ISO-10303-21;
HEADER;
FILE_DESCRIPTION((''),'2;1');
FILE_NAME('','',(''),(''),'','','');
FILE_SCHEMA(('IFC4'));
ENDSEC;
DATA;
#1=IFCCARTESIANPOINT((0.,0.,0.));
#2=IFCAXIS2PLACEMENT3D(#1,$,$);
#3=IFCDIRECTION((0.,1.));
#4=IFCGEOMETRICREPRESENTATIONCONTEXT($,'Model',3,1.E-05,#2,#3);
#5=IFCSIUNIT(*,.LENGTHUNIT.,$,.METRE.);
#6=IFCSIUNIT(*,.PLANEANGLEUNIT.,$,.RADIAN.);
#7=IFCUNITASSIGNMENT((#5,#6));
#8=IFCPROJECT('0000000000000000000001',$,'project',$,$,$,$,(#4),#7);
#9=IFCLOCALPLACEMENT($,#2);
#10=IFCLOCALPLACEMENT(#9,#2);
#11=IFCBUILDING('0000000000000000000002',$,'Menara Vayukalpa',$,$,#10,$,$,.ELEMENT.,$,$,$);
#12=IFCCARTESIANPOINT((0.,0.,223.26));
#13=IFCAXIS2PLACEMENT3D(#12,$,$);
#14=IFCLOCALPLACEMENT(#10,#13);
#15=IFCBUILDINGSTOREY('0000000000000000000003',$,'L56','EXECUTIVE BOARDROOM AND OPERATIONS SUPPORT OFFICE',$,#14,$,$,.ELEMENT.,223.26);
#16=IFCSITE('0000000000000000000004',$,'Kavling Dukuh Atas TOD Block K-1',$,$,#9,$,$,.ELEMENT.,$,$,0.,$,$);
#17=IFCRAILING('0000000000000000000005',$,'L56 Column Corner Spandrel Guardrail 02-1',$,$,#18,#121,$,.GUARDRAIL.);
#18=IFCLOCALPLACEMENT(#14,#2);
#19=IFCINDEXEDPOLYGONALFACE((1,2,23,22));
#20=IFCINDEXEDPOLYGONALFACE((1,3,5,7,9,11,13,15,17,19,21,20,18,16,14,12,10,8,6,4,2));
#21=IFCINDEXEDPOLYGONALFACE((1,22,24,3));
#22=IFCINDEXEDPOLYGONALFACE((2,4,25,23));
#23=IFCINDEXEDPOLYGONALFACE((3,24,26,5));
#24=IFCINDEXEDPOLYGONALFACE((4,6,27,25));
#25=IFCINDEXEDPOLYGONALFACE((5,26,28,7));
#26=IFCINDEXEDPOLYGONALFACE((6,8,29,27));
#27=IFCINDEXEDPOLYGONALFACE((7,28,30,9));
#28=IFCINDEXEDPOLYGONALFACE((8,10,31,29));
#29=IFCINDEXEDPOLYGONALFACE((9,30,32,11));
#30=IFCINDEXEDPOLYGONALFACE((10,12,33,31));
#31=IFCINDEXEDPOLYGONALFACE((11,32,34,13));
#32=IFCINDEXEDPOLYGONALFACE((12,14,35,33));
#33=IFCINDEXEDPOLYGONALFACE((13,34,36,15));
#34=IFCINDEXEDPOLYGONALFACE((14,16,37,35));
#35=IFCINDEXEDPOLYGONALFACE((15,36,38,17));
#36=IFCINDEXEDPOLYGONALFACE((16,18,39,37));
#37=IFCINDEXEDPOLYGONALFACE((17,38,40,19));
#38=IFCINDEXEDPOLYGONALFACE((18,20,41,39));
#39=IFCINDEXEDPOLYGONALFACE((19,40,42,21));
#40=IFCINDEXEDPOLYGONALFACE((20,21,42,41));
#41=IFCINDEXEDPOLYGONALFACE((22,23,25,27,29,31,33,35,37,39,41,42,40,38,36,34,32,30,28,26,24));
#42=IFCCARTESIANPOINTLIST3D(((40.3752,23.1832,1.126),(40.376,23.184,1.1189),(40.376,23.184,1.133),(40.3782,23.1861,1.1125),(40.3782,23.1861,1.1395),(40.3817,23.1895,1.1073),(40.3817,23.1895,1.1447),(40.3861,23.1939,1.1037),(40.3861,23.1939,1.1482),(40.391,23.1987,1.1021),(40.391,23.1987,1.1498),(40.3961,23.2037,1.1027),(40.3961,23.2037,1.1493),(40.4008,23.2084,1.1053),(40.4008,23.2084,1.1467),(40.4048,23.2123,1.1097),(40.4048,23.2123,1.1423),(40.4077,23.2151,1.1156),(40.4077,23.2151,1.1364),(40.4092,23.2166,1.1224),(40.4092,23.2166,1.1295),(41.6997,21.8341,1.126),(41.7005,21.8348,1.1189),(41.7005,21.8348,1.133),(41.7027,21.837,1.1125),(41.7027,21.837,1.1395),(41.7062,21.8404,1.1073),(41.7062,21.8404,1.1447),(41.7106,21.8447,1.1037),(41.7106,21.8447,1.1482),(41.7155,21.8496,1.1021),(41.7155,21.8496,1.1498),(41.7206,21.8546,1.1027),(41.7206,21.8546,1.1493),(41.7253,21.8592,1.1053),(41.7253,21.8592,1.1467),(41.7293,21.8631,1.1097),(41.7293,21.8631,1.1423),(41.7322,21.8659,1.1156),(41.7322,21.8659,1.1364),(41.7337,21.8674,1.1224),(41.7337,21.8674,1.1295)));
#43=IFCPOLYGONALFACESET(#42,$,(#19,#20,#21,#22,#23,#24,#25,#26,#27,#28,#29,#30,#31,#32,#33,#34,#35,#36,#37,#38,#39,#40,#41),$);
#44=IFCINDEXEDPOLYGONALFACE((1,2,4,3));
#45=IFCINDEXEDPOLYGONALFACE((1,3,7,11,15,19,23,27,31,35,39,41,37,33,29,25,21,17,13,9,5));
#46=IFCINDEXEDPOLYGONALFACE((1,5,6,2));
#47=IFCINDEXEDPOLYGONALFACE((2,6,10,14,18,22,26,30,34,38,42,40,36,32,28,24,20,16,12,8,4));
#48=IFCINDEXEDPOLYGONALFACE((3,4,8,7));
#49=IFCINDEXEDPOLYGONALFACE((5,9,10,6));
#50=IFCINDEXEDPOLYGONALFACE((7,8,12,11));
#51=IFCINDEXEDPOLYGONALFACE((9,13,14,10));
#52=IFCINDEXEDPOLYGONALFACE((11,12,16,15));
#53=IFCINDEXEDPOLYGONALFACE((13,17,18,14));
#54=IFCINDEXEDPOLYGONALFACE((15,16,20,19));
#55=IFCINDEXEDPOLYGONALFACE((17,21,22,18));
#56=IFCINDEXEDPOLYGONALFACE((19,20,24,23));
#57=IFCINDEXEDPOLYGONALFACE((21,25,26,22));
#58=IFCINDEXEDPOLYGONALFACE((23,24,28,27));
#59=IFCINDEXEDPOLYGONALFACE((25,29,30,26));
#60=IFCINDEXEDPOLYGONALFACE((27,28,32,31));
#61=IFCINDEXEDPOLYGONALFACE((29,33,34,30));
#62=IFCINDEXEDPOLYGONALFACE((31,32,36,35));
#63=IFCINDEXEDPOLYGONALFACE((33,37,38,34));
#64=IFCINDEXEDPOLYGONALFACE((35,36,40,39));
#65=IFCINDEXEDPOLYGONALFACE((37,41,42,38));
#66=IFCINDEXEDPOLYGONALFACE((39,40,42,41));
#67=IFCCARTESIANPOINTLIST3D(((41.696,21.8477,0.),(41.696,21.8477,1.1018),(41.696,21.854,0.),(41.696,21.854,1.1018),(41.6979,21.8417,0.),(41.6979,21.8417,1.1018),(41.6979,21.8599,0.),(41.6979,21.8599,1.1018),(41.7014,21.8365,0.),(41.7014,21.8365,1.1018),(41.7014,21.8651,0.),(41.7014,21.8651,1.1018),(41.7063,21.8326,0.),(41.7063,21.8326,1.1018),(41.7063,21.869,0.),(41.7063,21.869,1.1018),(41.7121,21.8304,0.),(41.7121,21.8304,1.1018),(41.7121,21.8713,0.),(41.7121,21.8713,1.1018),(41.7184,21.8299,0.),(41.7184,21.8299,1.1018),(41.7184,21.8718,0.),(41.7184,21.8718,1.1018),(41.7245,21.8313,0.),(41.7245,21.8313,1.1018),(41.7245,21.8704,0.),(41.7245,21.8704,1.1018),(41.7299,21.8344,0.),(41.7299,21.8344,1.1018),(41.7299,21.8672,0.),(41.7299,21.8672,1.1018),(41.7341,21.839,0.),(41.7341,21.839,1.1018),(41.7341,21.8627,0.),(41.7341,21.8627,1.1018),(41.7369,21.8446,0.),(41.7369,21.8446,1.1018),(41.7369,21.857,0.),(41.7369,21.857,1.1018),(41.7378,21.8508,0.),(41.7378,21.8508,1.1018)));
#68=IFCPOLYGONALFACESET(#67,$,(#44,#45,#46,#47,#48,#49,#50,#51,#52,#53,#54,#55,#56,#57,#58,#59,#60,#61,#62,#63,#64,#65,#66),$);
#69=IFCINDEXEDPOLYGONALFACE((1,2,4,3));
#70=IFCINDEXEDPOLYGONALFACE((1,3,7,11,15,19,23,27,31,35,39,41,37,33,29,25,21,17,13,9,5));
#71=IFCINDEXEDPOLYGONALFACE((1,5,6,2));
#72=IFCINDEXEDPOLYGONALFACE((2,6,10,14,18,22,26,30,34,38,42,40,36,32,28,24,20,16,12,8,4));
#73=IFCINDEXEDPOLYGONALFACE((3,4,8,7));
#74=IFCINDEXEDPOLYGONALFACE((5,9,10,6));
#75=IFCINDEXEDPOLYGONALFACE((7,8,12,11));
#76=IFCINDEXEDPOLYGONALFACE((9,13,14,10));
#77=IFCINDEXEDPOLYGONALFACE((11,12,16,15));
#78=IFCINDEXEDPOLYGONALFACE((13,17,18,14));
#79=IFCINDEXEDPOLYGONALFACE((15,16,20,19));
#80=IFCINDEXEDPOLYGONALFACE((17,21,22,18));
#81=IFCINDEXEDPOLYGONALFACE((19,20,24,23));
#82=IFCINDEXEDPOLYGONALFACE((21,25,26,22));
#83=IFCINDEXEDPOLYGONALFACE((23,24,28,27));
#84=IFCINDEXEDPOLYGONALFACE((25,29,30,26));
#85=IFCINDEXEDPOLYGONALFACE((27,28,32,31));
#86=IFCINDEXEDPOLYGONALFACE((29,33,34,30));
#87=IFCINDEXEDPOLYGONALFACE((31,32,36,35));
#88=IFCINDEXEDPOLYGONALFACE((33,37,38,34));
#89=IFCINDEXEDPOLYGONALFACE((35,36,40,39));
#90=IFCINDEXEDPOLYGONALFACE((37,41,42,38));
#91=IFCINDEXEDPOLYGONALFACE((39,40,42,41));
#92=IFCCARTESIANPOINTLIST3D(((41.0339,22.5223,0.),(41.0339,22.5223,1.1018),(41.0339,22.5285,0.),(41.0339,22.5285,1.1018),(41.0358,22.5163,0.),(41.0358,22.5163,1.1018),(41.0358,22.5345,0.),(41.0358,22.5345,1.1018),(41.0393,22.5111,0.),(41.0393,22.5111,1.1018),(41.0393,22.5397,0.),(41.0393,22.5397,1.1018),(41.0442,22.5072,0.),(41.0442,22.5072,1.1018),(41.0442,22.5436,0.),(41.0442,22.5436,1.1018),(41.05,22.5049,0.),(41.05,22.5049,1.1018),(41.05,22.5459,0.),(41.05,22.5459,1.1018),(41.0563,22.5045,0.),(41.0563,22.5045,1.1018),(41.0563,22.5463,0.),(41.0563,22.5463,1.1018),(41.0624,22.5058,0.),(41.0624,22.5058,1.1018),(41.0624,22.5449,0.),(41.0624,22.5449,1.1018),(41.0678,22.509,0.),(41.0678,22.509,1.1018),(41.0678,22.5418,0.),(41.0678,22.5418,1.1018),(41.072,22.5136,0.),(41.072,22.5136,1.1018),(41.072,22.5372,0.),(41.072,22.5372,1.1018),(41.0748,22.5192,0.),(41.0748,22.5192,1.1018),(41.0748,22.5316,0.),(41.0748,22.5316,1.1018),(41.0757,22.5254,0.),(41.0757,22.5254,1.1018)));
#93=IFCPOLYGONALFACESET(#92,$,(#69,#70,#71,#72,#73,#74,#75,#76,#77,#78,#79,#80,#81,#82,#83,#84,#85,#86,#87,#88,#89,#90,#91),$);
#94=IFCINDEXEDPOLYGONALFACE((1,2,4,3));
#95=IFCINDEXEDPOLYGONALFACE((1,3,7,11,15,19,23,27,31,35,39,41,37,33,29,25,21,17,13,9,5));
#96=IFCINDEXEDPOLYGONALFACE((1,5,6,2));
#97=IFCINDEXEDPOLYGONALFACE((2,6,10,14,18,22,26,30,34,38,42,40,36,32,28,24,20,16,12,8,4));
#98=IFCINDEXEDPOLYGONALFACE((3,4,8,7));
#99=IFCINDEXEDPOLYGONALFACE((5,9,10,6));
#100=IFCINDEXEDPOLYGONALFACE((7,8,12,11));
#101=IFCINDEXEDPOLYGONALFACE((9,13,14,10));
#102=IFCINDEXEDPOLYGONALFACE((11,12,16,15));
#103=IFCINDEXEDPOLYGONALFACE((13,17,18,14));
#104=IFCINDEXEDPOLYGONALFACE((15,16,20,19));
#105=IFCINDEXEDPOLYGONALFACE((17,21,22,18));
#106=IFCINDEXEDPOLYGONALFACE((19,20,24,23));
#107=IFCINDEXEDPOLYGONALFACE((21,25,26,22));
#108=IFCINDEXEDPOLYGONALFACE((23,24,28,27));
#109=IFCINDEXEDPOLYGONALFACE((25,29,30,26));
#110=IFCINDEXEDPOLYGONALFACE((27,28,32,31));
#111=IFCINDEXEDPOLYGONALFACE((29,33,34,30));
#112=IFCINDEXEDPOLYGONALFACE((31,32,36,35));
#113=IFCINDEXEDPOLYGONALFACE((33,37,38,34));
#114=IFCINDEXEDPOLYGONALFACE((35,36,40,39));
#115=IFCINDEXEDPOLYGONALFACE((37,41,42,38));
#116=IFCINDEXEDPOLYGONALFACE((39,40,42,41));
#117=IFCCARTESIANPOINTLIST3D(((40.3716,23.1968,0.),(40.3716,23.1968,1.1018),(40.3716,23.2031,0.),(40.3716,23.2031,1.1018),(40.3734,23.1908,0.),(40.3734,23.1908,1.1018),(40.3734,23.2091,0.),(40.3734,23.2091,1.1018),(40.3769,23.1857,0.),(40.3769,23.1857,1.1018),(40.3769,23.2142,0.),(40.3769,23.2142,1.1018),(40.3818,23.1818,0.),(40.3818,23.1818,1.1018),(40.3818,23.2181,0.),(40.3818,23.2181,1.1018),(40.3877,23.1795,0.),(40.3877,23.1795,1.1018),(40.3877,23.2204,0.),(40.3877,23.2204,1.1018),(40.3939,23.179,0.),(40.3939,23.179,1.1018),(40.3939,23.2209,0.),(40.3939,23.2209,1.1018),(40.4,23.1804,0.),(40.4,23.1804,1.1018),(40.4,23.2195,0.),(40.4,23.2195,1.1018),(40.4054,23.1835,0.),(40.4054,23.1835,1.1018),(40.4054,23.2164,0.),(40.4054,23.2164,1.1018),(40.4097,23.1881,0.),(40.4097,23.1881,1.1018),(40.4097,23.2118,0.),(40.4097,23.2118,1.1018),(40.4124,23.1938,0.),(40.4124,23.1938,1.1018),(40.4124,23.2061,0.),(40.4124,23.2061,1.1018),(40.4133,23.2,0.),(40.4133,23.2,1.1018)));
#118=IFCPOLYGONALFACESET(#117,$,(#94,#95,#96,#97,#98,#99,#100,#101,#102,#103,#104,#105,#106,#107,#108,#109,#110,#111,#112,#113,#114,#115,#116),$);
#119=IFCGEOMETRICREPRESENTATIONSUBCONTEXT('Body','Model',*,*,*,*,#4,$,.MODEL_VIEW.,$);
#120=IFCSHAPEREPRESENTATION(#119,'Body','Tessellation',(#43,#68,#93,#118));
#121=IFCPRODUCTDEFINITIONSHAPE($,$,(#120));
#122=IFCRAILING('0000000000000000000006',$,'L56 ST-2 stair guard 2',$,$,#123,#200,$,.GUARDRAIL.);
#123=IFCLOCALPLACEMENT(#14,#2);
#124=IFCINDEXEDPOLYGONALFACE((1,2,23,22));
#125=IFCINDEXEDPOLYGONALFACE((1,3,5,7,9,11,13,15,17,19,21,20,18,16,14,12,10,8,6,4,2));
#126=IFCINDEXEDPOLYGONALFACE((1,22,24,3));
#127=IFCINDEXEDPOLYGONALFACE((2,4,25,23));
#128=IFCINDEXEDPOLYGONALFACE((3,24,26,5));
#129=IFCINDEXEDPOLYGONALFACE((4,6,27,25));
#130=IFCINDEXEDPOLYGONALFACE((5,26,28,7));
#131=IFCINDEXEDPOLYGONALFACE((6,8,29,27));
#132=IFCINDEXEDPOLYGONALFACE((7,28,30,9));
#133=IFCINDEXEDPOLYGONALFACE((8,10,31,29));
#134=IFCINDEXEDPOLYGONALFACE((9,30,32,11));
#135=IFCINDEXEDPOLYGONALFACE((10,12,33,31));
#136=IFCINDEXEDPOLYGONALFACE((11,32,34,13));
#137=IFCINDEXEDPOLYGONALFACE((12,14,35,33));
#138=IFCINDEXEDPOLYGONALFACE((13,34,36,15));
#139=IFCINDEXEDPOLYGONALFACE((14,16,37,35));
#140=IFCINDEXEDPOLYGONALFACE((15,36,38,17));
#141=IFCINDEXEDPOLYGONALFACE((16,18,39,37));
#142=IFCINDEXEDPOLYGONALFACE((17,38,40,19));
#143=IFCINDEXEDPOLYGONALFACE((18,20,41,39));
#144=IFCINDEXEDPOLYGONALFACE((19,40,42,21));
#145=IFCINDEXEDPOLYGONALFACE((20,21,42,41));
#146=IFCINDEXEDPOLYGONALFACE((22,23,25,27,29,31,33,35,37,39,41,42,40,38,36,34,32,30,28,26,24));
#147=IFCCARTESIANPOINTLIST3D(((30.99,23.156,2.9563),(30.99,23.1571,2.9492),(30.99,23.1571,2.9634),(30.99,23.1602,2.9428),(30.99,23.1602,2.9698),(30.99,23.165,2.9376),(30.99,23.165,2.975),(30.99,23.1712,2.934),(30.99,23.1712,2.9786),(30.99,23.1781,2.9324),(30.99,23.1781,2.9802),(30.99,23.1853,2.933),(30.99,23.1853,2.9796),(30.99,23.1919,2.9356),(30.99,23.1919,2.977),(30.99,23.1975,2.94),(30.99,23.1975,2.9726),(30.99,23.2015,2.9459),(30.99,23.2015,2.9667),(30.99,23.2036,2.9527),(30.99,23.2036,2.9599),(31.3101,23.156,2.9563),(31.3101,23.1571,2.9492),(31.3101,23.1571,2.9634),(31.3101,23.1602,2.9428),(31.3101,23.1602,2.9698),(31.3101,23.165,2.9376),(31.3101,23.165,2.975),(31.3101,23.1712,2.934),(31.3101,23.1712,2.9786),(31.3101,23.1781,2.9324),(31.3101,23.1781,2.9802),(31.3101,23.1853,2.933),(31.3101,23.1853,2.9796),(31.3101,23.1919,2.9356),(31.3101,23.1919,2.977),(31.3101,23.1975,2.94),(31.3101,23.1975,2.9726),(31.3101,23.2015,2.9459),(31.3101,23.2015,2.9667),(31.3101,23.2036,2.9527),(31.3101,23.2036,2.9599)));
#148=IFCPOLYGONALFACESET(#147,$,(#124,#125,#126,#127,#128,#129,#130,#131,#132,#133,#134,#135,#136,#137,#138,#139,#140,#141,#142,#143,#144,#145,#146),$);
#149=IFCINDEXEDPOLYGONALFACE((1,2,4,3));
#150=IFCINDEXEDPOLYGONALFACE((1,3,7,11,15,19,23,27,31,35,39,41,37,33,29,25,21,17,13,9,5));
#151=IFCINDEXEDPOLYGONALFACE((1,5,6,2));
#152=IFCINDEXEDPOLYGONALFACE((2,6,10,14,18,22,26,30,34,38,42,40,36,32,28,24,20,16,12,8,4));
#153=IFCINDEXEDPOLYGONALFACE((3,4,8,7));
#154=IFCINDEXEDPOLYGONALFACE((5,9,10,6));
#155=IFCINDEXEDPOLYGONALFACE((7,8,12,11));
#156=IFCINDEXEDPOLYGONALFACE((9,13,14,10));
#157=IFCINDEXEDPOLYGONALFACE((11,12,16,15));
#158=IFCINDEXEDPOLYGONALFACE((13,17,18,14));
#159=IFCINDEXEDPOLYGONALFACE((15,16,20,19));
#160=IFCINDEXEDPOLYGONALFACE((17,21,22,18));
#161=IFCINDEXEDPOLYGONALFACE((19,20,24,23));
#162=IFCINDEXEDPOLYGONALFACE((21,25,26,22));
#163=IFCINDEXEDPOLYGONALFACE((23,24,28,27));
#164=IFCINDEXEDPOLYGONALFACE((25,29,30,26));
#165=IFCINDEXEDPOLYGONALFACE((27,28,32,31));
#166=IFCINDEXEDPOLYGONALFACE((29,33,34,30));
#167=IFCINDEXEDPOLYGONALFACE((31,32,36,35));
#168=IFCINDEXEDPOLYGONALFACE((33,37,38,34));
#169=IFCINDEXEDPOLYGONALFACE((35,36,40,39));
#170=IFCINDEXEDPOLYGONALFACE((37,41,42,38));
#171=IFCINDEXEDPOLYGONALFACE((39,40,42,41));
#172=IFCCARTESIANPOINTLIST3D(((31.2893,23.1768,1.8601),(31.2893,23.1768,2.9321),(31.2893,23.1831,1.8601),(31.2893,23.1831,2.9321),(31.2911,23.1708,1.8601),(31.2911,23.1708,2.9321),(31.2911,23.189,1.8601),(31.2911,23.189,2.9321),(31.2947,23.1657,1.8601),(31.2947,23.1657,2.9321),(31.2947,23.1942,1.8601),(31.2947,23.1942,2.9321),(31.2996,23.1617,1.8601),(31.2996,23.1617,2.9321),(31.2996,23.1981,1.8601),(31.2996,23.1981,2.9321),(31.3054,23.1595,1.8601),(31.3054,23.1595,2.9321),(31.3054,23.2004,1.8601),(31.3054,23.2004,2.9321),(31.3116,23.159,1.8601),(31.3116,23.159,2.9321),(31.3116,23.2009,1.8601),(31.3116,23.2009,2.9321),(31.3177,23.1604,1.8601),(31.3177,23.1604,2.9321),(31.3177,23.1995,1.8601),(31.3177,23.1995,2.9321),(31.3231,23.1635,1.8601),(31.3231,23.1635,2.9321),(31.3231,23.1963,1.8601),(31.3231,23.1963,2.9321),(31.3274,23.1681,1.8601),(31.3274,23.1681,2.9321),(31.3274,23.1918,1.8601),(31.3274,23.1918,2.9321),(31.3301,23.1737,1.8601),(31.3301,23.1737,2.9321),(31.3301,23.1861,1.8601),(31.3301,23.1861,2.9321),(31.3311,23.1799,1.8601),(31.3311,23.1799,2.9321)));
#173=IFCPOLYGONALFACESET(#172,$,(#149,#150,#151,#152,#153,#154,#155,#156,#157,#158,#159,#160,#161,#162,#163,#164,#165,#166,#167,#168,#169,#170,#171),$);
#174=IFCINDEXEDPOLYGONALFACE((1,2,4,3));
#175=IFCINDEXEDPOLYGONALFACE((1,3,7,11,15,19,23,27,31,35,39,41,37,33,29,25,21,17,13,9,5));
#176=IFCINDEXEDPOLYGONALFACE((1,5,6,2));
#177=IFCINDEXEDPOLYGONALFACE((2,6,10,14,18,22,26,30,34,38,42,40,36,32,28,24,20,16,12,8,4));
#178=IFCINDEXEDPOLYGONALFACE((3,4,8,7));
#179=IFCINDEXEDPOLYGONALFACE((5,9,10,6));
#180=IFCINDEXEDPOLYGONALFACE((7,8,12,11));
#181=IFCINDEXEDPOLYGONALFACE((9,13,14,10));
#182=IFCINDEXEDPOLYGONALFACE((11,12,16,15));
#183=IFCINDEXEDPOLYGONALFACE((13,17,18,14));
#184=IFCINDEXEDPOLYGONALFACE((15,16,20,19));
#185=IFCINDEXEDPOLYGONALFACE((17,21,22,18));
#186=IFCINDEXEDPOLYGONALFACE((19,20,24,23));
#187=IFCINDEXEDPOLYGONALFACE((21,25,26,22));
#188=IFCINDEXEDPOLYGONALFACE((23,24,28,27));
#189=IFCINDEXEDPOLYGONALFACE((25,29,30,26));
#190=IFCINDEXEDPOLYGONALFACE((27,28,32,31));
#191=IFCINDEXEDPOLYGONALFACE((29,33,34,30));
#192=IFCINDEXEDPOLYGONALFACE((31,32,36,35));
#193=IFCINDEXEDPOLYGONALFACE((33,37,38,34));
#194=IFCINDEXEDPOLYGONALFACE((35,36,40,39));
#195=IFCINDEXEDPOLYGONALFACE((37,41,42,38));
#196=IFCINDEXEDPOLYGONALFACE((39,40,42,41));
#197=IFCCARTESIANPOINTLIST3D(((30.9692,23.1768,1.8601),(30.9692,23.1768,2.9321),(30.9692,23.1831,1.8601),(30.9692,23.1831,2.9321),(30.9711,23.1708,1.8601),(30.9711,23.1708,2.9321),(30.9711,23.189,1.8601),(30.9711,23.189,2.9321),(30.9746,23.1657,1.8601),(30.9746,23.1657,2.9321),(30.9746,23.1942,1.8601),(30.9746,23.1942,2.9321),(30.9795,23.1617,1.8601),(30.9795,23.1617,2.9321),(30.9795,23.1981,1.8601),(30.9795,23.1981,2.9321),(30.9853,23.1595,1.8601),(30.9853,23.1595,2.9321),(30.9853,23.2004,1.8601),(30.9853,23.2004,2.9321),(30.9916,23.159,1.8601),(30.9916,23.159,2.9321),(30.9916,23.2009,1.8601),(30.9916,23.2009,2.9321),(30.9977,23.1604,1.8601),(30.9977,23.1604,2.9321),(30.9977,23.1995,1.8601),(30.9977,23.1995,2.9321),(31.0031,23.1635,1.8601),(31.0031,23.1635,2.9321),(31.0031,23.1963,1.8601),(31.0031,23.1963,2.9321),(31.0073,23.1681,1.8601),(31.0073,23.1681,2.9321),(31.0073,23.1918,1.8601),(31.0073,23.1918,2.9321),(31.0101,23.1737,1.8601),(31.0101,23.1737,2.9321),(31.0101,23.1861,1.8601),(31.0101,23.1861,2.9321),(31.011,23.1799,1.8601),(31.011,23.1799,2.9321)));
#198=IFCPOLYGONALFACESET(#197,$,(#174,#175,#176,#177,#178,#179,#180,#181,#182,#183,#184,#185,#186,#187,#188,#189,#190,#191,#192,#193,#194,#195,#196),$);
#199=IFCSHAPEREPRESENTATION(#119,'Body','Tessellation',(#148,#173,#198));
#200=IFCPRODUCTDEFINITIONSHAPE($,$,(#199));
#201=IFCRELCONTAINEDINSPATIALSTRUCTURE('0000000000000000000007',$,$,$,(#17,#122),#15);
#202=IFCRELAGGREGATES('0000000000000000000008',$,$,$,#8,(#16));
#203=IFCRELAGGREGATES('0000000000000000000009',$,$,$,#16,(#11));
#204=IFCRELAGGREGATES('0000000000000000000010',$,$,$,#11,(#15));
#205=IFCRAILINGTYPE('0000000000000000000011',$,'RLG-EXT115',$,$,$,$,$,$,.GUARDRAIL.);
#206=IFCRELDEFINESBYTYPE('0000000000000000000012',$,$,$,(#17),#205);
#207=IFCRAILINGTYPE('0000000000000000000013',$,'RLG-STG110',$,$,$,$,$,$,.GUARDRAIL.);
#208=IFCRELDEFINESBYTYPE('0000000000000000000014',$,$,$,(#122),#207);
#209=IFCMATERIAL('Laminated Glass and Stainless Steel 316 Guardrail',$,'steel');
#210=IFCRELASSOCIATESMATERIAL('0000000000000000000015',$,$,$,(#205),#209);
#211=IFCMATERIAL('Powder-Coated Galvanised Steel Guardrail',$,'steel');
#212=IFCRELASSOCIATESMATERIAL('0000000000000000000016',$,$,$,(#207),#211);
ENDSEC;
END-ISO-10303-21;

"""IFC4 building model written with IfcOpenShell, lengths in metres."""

from ifc_helpers import new_model, si_unit, direction, frame, origin, origin_2d, place, context, subcontext, project, spatial, circle, extrude, material, type_object, element, save


model = new_model("IFC4")

# Units and contexts
model_context = context("Model", 3, precision=1e-05, world=origin(), true_north=direction((0.0, 1.0)))
body_context = subcontext(model_context, "Body", "Model", "MODEL_VIEW")
ifc_project = project(units=[si_unit("LENGTHUNIT", "METRE"), si_unit("PLANEANGLEUNIT", "RADIAN")], contexts=[model_context])

# Site, building, storey
site_placement = place(None, origin())
site = spatial("IfcSite", under=ifc_project, at=site_placement, Name="Kavling Dukuh Atas TOD Block K-1", CompositionType="ELEMENT", RefElevation=0.0)
building_placement = place(site_placement, origin())
building = spatial("IfcBuilding", under=site, at=building_placement, Name="Menara Vayukalpa", CompositionType="ELEMENT")
storey_placement = place(building_placement, frame((0.0, 0.0, 223.26)))
storey = spatial("IfcBuildingStorey", under=building, at=storey_placement, Name="L56", Description="EXECUTIVE BOARDROOM AND OPERATIONS SUPPORT OFFICE", CompositionType="ELEMENT", Elevation=223.26)

# Railings
ifc_material_1 = material(Name="Laminated Glass and Stainless Steel 316 Guardrail", Category="steel")
railing_type_1 = type_object("IfcRailingType", Name="RLG-EXT115", PredefinedType="GUARDRAIL", material=ifc_material_1)
railing_1_placement = place(storey_placement, frame((41.7168, 21.8508, 0.0)))
element("IfcRailing", 1, at=railing_1_placement, inside=storey, type_object=railing_type_1, Name="L56 Column Corner Spandrel Guardrail 02-1", PredefinedType="GUARDRAIL", context=body_context, shape_type="SweptSolid", body=[
    extrude(circle(Radius=0.0239, at=origin_2d()), frame((0.0, 0.0, 1.126), z_axis=(-0.700555, 0.713598, 0.0), x_axis=(-0.713598, -0.700555, 0.0)), (0.0, 0.0, 1.0), 1.8906),
    extrude(circle(Radius=0.021, at=origin_2d()), origin(), (0.0, 0.0, 1.0), 1.1018),
    extrude(circle(Radius=0.021, at=origin_2d()), frame((-0.6621, 0.6746, 0.0)), (0.0, 0.0, 1.0), 1.1018),
    extrude(circle(Radius=0.021, at=origin_2d()), frame((-1.3245, 1.3491, 0.0)), (0.0, 0.0, 1.0), 1.1018),
])
ifc_material_2 = material(Name="Powder-Coated Galvanised Steel Guardrail", Category="steel")
railing_type_2 = type_object("IfcRailingType", Name="RLG-STG110", PredefinedType="GUARDRAIL", material=ifc_material_2)
railing_2_placement = place(storey_placement, frame((31.3101, 23.1799, 1.8601)))
element("IfcRailing", 2, at=railing_2_placement, inside=storey, type_object=railing_type_2, Name="L56 ST-2 stair guard 2", PredefinedType="GUARDRAIL", context=body_context, shape_type="SweptSolid", body=[
    extrude(circle(Radius=0.0239, at=origin_2d()), frame((0.0, 0.0, 1.0962), z_axis=(-1.0, 0.0, 0.0), x_axis=(0.0, -1.0, 0.0)), (0.0, 0.0, 1.0), 0.3201),
    extrude(circle(Radius=0.021, at=origin_2d()), origin(), (0.0, 0.0, 1.0), 1.072),
    extrude(circle(Radius=0.021, at=origin_2d()), frame((-0.3201, 0.0, 0.0)), (0.0, 0.0, 1.0), 1.072),
])

save(model, "model.ifc")
